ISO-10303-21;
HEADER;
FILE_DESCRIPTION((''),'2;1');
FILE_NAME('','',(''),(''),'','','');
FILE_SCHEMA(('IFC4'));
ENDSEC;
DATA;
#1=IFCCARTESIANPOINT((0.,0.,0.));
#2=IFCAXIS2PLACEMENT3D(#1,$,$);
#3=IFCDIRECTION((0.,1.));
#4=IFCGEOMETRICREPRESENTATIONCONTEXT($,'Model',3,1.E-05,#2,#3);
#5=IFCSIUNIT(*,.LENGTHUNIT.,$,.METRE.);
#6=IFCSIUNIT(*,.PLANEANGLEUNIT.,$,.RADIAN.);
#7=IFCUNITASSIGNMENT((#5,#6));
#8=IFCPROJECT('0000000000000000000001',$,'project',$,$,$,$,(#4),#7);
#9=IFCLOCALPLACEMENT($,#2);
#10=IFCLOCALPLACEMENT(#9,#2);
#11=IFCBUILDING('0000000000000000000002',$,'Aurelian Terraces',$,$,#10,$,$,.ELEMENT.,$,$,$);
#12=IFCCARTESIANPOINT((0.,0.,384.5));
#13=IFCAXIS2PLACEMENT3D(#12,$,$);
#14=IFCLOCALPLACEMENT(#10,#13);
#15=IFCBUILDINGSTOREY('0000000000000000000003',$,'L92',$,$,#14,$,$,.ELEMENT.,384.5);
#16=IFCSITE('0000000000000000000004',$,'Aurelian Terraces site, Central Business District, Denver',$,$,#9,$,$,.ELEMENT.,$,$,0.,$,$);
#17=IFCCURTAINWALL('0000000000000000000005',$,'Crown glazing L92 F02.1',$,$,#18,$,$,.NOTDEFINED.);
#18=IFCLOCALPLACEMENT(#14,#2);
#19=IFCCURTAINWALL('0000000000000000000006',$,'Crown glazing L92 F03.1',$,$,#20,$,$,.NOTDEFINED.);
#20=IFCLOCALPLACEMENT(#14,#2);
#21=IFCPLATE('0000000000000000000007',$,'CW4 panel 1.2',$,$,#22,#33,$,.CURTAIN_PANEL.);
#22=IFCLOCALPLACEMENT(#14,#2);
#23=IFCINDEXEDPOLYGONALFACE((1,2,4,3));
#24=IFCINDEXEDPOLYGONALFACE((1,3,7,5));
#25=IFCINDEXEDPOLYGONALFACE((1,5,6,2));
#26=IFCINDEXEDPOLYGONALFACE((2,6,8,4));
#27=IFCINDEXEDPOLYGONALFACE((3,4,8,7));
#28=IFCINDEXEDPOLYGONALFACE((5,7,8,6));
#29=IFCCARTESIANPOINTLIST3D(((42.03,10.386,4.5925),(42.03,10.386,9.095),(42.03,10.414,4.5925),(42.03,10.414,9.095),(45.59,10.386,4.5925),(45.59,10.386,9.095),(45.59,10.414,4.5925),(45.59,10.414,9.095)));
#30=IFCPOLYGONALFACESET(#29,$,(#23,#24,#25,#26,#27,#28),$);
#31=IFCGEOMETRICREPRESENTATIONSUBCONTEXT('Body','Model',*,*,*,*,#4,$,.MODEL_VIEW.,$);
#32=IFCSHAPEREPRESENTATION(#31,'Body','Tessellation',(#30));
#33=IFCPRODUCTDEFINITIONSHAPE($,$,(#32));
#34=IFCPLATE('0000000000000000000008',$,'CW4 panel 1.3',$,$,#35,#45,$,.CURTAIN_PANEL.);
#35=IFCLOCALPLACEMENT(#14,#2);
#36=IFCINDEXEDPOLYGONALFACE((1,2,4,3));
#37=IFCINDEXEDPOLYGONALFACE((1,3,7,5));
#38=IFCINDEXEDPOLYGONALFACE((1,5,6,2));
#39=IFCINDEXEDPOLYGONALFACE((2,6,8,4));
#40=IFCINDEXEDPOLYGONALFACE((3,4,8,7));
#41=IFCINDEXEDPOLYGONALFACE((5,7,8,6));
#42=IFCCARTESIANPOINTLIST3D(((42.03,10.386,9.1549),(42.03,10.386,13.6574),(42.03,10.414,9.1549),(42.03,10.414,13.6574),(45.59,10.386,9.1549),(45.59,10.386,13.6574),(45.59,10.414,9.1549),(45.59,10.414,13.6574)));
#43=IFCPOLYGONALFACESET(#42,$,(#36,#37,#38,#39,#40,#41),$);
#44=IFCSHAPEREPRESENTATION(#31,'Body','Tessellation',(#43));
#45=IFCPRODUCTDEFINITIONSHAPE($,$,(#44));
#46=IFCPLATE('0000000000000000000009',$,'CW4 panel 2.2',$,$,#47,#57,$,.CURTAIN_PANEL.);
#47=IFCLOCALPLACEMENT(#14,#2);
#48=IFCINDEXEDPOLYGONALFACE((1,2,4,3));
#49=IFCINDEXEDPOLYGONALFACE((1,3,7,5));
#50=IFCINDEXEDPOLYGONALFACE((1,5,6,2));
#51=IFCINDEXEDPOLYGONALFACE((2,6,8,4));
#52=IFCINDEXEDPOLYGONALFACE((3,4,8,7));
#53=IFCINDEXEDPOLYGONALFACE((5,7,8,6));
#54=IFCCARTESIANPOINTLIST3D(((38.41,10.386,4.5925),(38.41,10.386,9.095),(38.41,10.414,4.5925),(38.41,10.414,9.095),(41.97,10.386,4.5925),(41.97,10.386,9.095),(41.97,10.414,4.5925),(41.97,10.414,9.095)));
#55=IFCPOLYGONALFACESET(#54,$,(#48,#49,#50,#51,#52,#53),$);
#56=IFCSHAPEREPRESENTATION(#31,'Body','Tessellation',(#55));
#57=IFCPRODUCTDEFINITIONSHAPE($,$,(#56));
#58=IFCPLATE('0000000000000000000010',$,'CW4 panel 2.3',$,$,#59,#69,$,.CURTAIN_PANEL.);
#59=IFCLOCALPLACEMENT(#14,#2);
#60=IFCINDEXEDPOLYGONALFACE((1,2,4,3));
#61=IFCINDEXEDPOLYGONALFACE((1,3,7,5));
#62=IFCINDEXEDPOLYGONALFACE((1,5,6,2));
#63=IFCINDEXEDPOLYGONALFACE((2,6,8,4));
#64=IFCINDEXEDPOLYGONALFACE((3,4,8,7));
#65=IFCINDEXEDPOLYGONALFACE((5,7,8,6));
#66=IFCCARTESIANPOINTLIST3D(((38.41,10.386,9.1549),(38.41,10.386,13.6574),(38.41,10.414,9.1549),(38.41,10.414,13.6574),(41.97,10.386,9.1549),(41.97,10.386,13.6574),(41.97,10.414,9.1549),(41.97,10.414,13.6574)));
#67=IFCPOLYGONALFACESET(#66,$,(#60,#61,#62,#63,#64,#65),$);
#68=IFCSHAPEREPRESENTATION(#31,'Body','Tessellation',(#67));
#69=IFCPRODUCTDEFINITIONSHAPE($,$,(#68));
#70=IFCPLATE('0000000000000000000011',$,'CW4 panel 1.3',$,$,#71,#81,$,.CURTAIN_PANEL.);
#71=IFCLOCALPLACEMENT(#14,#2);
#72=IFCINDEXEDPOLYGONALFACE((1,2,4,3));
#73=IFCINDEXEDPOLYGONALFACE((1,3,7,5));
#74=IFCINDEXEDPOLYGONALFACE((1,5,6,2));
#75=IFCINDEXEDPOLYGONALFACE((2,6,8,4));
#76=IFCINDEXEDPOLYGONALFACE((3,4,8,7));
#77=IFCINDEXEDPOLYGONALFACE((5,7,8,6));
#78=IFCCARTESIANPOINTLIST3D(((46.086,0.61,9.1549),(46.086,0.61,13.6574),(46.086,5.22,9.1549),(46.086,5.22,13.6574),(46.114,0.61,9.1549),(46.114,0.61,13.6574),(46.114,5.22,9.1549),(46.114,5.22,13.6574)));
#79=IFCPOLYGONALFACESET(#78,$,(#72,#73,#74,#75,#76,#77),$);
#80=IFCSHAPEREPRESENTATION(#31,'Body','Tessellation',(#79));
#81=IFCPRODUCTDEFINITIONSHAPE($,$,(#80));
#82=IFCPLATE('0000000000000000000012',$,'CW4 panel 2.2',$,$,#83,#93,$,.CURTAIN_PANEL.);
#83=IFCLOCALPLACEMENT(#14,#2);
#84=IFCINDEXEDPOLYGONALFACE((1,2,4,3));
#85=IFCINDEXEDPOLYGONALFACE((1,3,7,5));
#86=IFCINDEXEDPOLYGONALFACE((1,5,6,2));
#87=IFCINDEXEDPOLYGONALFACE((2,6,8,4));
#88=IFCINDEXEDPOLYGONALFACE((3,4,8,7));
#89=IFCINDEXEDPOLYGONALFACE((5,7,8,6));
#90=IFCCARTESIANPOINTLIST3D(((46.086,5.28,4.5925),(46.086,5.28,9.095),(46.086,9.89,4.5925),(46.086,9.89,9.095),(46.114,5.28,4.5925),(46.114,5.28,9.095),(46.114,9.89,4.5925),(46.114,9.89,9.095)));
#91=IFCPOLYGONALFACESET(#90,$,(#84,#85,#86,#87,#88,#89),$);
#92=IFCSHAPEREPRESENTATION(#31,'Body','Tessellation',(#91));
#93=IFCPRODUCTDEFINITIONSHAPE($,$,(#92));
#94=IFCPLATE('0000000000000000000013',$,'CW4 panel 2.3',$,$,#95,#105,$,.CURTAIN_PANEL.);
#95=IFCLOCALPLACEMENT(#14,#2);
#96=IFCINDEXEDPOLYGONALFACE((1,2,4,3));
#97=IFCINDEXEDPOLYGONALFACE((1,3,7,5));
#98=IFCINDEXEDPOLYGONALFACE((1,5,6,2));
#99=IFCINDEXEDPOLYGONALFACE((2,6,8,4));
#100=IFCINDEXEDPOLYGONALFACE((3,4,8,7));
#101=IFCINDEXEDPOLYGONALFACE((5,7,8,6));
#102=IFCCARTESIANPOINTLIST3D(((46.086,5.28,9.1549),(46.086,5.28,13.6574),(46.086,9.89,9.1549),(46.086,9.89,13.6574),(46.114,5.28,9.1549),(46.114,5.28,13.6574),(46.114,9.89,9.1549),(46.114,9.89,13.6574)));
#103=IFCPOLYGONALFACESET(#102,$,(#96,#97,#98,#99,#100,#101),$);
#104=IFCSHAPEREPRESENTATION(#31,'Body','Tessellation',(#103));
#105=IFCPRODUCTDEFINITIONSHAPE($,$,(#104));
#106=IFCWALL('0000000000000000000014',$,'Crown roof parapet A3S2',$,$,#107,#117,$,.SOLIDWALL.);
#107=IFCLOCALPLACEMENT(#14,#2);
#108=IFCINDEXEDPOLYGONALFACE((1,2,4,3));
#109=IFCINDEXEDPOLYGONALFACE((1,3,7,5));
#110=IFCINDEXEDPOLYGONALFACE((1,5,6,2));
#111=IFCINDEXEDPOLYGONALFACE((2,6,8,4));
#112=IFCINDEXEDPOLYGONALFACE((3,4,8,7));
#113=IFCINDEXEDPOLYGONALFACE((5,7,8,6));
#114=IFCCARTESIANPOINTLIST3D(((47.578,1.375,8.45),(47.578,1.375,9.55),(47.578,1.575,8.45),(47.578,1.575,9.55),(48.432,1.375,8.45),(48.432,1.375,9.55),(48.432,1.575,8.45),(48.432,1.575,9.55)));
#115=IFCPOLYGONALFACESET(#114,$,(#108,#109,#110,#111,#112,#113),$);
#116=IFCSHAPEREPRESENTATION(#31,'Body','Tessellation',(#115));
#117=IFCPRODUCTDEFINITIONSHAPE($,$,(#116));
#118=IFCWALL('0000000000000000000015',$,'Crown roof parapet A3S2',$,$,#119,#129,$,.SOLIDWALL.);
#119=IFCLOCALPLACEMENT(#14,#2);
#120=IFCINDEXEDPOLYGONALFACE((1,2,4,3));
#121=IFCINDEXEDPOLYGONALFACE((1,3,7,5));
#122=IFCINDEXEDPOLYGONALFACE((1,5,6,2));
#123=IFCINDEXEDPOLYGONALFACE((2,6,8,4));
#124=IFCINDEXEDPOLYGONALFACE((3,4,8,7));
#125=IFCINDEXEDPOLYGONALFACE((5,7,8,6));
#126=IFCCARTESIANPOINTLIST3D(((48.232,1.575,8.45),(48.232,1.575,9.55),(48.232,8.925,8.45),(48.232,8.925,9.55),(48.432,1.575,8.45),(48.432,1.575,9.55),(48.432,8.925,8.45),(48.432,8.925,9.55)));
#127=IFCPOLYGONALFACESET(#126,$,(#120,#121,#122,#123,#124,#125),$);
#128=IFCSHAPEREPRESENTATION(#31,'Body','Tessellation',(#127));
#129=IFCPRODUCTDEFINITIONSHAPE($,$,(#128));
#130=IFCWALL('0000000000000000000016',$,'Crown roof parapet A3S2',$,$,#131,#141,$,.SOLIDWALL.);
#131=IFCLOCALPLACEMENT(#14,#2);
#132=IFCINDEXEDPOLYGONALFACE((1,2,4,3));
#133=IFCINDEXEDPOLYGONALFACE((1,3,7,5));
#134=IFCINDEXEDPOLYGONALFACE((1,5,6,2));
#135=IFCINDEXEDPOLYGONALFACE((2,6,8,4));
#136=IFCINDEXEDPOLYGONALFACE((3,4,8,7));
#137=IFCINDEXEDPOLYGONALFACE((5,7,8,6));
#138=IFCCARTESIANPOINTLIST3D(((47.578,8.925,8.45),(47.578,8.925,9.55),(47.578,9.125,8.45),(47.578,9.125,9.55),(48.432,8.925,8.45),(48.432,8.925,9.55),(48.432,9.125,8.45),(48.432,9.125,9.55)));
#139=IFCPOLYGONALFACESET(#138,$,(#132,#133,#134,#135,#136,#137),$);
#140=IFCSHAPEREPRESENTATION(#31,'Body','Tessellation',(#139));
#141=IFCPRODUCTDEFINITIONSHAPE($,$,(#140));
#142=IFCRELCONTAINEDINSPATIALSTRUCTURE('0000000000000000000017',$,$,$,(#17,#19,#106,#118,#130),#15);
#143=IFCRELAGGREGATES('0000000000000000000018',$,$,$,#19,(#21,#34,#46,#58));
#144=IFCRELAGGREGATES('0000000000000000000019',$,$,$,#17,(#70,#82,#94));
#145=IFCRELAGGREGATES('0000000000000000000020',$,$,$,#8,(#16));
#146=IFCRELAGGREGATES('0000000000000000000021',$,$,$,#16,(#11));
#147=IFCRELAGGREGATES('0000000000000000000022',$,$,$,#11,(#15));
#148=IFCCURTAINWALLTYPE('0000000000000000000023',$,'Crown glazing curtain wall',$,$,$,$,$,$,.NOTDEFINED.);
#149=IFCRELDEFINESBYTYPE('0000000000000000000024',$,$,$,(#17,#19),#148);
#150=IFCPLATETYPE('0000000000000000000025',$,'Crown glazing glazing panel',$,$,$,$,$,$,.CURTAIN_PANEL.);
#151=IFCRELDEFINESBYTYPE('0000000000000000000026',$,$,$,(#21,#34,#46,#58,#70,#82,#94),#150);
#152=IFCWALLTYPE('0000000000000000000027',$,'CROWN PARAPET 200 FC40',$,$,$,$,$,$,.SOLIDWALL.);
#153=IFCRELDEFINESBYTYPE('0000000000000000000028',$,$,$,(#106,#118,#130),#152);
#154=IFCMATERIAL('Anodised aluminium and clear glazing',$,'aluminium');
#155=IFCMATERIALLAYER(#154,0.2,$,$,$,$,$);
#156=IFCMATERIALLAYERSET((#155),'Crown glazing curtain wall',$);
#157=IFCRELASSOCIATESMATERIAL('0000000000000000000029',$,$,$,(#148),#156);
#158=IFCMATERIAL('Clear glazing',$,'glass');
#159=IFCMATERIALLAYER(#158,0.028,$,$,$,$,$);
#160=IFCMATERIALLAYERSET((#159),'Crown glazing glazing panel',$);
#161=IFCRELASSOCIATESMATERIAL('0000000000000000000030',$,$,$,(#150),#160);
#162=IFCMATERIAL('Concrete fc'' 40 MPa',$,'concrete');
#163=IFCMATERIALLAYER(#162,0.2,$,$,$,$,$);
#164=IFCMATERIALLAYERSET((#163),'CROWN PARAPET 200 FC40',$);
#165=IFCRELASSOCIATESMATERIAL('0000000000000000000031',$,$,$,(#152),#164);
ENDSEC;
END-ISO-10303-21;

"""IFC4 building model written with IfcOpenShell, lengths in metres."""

from ifc_helpers import new_model, si_unit, direction, frame, frame_2d, origin, origin_2d, place, context, subcontext, project, spatial, rectangle, extrude, source, transform, mapped, material, layer, layer_set, type_object, element, aggregate, save


model = new_model("IFC4")

# Units and contexts
model_context = context("Model", 3, precision=1e-05, world=origin(), true_north=direction((0.0, 1.0)))
body_context = subcontext(model_context, "Body", "Model", "MODEL_VIEW")
ifc_project = project(units=[si_unit("LENGTHUNIT", "METRE"), si_unit("PLANEANGLEUNIT", "RADIAN")], contexts=[model_context])

# Site, building, storey
site_placement = place(None, origin())
site = spatial("IfcSite", under=ifc_project, at=site_placement, Name="Aurelian Terraces site, Central Business District, Denver", CompositionType="ELEMENT", RefElevation=0.0)
building_placement = place(site_placement, origin())
building = spatial("IfcBuilding", under=site, at=building_placement, Name="Aurelian Terraces", CompositionType="ELEMENT")
storey_placement = place(building_placement, frame((0.0, 0.0, 384.5)))
storey = spatial("IfcBuildingStorey", under=building, at=storey_placement, Name="L92", CompositionType="ELEMENT", Elevation=384.5)

# Curtain walls
ifc_material_1 = material(Name="Anodised aluminium and clear glazing", Category="aluminium")
ifc_layer_1 = layer(ifc_material_1, 0.2)
ifc_layer_set_1 = layer_set([ifc_layer_1], Name="Crown glazing curtain wall")
curtain_wall_type = type_object("IfcCurtainWallType", Name="Crown glazing curtain wall", PredefinedType="NOTDEFINED", material=ifc_layer_set_1)
curtain_wall_1_placement = place(storey_placement, origin())
curtain_wall_1 = element("IfcCurtainWall", 1, at=curtain_wall_1_placement, inside=storey, type_object=curtain_wall_type, Name="Crown glazing L92 F02.1", PredefinedType="NOTDEFINED")
curtain_wall_2_placement = place(storey_placement, origin())
curtain_wall_2 = element("IfcCurtainWall", 2, at=curtain_wall_2_placement, inside=storey, type_object=curtain_wall_type, Name="Crown glazing L92 F03.1", PredefinedType="NOTDEFINED")

# Plates
ifc_material_2 = material(Name="Clear glazing", Category="glass")
ifc_layer_2 = layer(ifc_material_2, 0.028)
ifc_layer_set_2 = layer_set([ifc_layer_2], Name="Crown glazing glazing panel")
plate_type = type_object("IfcPlateType", Name="Crown glazing glazing panel", PredefinedType="CURTAIN_PANEL", material=ifc_layer_set_2)
shared_shape_1 = source(origin(), body_context, "Body", "SweptSolid", [
    extrude(rectangle(XDim=3.56, YDim=0.028, at=origin_2d()), origin(), (0.0, 0.0, 1.0), 4.5025),
])
plate_1_placement = place(storey_placement, frame((43.81, 10.4, 4.5925), z_axis=(0.0, 0.0, 1.0), x_axis=(-1.0, 0.0, 0.0)))
plate_1 = element("IfcPlate", 3, at=plate_1_placement, type_object=plate_type, Name="CW4 panel 1.2", PredefinedType="CURTAIN_PANEL", context=body_context, shape_type="MappedRepresentation", body=[
    mapped(shared_shape_1, transform((0.0, 0.0, 0.0), scale=1.0)),
])
plate_2_placement = place(storey_placement, frame((43.81, 10.4, 9.1549), z_axis=(0.0, 0.0, 1.0), x_axis=(-1.0, 0.0, 0.0)))
plate_2 = element("IfcPlate", 4, at=plate_2_placement, type_object=plate_type, Name="CW4 panel 1.3", PredefinedType="CURTAIN_PANEL", context=body_context, shape_type="MappedRepresentation", body=[
    mapped(shared_shape_1, transform((0.0, 0.0, 0.0), scale=1.0)),
])
plate_3_placement = place(storey_placement, frame((40.19, 10.4, 4.5925), z_axis=(0.0, 0.0, 1.0), x_axis=(-1.0, 0.0, 0.0)))
plate_3 = element("IfcPlate", 5, at=plate_3_placement, type_object=plate_type, Name="CW4 panel 2.2", PredefinedType="CURTAIN_PANEL", context=body_context, shape_type="MappedRepresentation", body=[
    mapped(shared_shape_1, transform((0.0, 0.0, 0.0), scale=1.0)),
])
plate_4_placement = place(storey_placement, frame((40.19, 10.4, 9.1549), z_axis=(0.0, 0.0, 1.0), x_axis=(-1.0, 0.0, 0.0)))
plate_4 = element("IfcPlate", 6, at=plate_4_placement, type_object=plate_type, Name="CW4 panel 2.3", PredefinedType="CURTAIN_PANEL", context=body_context, shape_type="MappedRepresentation", body=[
    mapped(shared_shape_1, transform((0.0, 0.0, 0.0), scale=1.0)),
])
aggregate(curtain_wall_2, [plate_1, plate_2, plate_3, plate_4])
shared_shape_2 = source(origin(), body_context, "Body", "SweptSolid", [
    extrude(rectangle(XDim=4.61, YDim=0.028, at=origin_2d()), origin(), (0.0, 0.0, 1.0), 4.5025),
])
plate_5_placement = place(storey_placement, frame((46.1, 2.915, 9.1549), z_axis=(0.0, 0.0, 1.0), x_axis=(0.0, 1.0, 0.0)))
plate_5 = element("IfcPlate", 7, at=plate_5_placement, type_object=plate_type, Name="CW4 panel 1.3", PredefinedType="CURTAIN_PANEL", context=body_context, shape_type="MappedRepresentation", body=[
    mapped(shared_shape_2, transform((0.0, 0.0, 0.0), scale=1.0)),
])
plate_6_placement = place(storey_placement, frame((46.1, 7.585, 4.5925), z_axis=(0.0, 0.0, 1.0), x_axis=(0.0, 1.0, 0.0)))
plate_6 = element("IfcPlate", 8, at=plate_6_placement, type_object=plate_type, Name="CW4 panel 2.2", PredefinedType="CURTAIN_PANEL", context=body_context, shape_type="MappedRepresentation", body=[
    mapped(shared_shape_2, transform((0.0, 0.0, 0.0), scale=1.0)),
])
plate_7_placement = place(storey_placement, frame((46.1, 7.585, 9.1549), z_axis=(0.0, 0.0, 1.0), x_axis=(0.0, 1.0, 0.0)))
plate_7 = element("IfcPlate", 9, at=plate_7_placement, type_object=plate_type, Name="CW4 panel 2.3", PredefinedType="CURTAIN_PANEL", context=body_context, shape_type="MappedRepresentation", body=[
    mapped(shared_shape_2, transform((0.0, 0.0, 0.0), scale=1.0)),
])
aggregate(curtain_wall_1, [plate_5, plate_6, plate_7])

# Walls
ifc_material_3 = material(Name="Concrete fc' 40 MPa", Category="concrete")
ifc_layer_3 = layer(ifc_material_3, 0.2)
ifc_layer_set_3 = layer_set([ifc_layer_3], Name="CROWN PARAPET 200 FC40")
wall_type = type_object("IfcWallType", Name="CROWN PARAPET 200 FC40", PredefinedType="SOLIDWALL", material=ifc_layer_set_3)
wall_1_placement = place(storey_placement, frame((47.578, 1.475, 8.45), z_axis=(0.0, 0.0, 1.0), x_axis=(1.0, 0.0, 0.0)))
element("IfcWall", 10, at=wall_1_placement, inside=storey, type_object=wall_type, Name="Crown roof parapet A3S2", PredefinedType="SOLIDWALL", context=body_context, shape_type="SweptSolid", body=[
    extrude(rectangle(XDim=0.854, YDim=0.2, at=frame_2d((0.427, 0.0))), origin(), (0.0, 0.0, 1.0), 1.1),
])
shared_shape_3 = source(origin(), body_context, "Body", "SweptSolid", [
    extrude(rectangle(XDim=7.35, YDim=0.2, at=frame_2d((3.675, 0.0))), origin(), (0.0, 0.0, 1.0), 1.1),
])
wall_2_placement = place(storey_placement, frame((48.332, 1.575, 8.45), z_axis=(0.0, 0.0, 1.0), x_axis=(0.0, 1.0, 0.0)))
element("IfcWall", 11, at=wall_2_placement, inside=storey, type_object=wall_type, Name="Crown roof parapet A3S2", PredefinedType="SOLIDWALL", context=body_context, shape_type="MappedRepresentation", body=[
    mapped(shared_shape_3, transform((0.0, 0.0, 0.0), scale=1.0)),
])
shared_shape_4 = source(origin(), body_context, "Body", "SweptSolid", [
    extrude(rectangle(XDim=0.854, YDim=0.2, at=frame_2d((0.427, 0.0))), origin(), (0.0, 0.0, 1.0), 1.1),
])
wall_3_placement = place(storey_placement, frame((47.578, 9.025, 8.45), z_axis=(0.0, 0.0, 1.0), x_axis=(1.0, 0.0, 0.0)))
element("IfcWall", 12, at=wall_3_placement, inside=storey, type_object=wall_type, Name="Crown roof parapet A3S2", PredefinedType="SOLIDWALL", context=body_context, shape_type="MappedRepresentation", body=[
    mapped(shared_shape_4, transform((0.0, 0.0, 0.0), scale=1.0)),
])

save(model, "model.ifc")
